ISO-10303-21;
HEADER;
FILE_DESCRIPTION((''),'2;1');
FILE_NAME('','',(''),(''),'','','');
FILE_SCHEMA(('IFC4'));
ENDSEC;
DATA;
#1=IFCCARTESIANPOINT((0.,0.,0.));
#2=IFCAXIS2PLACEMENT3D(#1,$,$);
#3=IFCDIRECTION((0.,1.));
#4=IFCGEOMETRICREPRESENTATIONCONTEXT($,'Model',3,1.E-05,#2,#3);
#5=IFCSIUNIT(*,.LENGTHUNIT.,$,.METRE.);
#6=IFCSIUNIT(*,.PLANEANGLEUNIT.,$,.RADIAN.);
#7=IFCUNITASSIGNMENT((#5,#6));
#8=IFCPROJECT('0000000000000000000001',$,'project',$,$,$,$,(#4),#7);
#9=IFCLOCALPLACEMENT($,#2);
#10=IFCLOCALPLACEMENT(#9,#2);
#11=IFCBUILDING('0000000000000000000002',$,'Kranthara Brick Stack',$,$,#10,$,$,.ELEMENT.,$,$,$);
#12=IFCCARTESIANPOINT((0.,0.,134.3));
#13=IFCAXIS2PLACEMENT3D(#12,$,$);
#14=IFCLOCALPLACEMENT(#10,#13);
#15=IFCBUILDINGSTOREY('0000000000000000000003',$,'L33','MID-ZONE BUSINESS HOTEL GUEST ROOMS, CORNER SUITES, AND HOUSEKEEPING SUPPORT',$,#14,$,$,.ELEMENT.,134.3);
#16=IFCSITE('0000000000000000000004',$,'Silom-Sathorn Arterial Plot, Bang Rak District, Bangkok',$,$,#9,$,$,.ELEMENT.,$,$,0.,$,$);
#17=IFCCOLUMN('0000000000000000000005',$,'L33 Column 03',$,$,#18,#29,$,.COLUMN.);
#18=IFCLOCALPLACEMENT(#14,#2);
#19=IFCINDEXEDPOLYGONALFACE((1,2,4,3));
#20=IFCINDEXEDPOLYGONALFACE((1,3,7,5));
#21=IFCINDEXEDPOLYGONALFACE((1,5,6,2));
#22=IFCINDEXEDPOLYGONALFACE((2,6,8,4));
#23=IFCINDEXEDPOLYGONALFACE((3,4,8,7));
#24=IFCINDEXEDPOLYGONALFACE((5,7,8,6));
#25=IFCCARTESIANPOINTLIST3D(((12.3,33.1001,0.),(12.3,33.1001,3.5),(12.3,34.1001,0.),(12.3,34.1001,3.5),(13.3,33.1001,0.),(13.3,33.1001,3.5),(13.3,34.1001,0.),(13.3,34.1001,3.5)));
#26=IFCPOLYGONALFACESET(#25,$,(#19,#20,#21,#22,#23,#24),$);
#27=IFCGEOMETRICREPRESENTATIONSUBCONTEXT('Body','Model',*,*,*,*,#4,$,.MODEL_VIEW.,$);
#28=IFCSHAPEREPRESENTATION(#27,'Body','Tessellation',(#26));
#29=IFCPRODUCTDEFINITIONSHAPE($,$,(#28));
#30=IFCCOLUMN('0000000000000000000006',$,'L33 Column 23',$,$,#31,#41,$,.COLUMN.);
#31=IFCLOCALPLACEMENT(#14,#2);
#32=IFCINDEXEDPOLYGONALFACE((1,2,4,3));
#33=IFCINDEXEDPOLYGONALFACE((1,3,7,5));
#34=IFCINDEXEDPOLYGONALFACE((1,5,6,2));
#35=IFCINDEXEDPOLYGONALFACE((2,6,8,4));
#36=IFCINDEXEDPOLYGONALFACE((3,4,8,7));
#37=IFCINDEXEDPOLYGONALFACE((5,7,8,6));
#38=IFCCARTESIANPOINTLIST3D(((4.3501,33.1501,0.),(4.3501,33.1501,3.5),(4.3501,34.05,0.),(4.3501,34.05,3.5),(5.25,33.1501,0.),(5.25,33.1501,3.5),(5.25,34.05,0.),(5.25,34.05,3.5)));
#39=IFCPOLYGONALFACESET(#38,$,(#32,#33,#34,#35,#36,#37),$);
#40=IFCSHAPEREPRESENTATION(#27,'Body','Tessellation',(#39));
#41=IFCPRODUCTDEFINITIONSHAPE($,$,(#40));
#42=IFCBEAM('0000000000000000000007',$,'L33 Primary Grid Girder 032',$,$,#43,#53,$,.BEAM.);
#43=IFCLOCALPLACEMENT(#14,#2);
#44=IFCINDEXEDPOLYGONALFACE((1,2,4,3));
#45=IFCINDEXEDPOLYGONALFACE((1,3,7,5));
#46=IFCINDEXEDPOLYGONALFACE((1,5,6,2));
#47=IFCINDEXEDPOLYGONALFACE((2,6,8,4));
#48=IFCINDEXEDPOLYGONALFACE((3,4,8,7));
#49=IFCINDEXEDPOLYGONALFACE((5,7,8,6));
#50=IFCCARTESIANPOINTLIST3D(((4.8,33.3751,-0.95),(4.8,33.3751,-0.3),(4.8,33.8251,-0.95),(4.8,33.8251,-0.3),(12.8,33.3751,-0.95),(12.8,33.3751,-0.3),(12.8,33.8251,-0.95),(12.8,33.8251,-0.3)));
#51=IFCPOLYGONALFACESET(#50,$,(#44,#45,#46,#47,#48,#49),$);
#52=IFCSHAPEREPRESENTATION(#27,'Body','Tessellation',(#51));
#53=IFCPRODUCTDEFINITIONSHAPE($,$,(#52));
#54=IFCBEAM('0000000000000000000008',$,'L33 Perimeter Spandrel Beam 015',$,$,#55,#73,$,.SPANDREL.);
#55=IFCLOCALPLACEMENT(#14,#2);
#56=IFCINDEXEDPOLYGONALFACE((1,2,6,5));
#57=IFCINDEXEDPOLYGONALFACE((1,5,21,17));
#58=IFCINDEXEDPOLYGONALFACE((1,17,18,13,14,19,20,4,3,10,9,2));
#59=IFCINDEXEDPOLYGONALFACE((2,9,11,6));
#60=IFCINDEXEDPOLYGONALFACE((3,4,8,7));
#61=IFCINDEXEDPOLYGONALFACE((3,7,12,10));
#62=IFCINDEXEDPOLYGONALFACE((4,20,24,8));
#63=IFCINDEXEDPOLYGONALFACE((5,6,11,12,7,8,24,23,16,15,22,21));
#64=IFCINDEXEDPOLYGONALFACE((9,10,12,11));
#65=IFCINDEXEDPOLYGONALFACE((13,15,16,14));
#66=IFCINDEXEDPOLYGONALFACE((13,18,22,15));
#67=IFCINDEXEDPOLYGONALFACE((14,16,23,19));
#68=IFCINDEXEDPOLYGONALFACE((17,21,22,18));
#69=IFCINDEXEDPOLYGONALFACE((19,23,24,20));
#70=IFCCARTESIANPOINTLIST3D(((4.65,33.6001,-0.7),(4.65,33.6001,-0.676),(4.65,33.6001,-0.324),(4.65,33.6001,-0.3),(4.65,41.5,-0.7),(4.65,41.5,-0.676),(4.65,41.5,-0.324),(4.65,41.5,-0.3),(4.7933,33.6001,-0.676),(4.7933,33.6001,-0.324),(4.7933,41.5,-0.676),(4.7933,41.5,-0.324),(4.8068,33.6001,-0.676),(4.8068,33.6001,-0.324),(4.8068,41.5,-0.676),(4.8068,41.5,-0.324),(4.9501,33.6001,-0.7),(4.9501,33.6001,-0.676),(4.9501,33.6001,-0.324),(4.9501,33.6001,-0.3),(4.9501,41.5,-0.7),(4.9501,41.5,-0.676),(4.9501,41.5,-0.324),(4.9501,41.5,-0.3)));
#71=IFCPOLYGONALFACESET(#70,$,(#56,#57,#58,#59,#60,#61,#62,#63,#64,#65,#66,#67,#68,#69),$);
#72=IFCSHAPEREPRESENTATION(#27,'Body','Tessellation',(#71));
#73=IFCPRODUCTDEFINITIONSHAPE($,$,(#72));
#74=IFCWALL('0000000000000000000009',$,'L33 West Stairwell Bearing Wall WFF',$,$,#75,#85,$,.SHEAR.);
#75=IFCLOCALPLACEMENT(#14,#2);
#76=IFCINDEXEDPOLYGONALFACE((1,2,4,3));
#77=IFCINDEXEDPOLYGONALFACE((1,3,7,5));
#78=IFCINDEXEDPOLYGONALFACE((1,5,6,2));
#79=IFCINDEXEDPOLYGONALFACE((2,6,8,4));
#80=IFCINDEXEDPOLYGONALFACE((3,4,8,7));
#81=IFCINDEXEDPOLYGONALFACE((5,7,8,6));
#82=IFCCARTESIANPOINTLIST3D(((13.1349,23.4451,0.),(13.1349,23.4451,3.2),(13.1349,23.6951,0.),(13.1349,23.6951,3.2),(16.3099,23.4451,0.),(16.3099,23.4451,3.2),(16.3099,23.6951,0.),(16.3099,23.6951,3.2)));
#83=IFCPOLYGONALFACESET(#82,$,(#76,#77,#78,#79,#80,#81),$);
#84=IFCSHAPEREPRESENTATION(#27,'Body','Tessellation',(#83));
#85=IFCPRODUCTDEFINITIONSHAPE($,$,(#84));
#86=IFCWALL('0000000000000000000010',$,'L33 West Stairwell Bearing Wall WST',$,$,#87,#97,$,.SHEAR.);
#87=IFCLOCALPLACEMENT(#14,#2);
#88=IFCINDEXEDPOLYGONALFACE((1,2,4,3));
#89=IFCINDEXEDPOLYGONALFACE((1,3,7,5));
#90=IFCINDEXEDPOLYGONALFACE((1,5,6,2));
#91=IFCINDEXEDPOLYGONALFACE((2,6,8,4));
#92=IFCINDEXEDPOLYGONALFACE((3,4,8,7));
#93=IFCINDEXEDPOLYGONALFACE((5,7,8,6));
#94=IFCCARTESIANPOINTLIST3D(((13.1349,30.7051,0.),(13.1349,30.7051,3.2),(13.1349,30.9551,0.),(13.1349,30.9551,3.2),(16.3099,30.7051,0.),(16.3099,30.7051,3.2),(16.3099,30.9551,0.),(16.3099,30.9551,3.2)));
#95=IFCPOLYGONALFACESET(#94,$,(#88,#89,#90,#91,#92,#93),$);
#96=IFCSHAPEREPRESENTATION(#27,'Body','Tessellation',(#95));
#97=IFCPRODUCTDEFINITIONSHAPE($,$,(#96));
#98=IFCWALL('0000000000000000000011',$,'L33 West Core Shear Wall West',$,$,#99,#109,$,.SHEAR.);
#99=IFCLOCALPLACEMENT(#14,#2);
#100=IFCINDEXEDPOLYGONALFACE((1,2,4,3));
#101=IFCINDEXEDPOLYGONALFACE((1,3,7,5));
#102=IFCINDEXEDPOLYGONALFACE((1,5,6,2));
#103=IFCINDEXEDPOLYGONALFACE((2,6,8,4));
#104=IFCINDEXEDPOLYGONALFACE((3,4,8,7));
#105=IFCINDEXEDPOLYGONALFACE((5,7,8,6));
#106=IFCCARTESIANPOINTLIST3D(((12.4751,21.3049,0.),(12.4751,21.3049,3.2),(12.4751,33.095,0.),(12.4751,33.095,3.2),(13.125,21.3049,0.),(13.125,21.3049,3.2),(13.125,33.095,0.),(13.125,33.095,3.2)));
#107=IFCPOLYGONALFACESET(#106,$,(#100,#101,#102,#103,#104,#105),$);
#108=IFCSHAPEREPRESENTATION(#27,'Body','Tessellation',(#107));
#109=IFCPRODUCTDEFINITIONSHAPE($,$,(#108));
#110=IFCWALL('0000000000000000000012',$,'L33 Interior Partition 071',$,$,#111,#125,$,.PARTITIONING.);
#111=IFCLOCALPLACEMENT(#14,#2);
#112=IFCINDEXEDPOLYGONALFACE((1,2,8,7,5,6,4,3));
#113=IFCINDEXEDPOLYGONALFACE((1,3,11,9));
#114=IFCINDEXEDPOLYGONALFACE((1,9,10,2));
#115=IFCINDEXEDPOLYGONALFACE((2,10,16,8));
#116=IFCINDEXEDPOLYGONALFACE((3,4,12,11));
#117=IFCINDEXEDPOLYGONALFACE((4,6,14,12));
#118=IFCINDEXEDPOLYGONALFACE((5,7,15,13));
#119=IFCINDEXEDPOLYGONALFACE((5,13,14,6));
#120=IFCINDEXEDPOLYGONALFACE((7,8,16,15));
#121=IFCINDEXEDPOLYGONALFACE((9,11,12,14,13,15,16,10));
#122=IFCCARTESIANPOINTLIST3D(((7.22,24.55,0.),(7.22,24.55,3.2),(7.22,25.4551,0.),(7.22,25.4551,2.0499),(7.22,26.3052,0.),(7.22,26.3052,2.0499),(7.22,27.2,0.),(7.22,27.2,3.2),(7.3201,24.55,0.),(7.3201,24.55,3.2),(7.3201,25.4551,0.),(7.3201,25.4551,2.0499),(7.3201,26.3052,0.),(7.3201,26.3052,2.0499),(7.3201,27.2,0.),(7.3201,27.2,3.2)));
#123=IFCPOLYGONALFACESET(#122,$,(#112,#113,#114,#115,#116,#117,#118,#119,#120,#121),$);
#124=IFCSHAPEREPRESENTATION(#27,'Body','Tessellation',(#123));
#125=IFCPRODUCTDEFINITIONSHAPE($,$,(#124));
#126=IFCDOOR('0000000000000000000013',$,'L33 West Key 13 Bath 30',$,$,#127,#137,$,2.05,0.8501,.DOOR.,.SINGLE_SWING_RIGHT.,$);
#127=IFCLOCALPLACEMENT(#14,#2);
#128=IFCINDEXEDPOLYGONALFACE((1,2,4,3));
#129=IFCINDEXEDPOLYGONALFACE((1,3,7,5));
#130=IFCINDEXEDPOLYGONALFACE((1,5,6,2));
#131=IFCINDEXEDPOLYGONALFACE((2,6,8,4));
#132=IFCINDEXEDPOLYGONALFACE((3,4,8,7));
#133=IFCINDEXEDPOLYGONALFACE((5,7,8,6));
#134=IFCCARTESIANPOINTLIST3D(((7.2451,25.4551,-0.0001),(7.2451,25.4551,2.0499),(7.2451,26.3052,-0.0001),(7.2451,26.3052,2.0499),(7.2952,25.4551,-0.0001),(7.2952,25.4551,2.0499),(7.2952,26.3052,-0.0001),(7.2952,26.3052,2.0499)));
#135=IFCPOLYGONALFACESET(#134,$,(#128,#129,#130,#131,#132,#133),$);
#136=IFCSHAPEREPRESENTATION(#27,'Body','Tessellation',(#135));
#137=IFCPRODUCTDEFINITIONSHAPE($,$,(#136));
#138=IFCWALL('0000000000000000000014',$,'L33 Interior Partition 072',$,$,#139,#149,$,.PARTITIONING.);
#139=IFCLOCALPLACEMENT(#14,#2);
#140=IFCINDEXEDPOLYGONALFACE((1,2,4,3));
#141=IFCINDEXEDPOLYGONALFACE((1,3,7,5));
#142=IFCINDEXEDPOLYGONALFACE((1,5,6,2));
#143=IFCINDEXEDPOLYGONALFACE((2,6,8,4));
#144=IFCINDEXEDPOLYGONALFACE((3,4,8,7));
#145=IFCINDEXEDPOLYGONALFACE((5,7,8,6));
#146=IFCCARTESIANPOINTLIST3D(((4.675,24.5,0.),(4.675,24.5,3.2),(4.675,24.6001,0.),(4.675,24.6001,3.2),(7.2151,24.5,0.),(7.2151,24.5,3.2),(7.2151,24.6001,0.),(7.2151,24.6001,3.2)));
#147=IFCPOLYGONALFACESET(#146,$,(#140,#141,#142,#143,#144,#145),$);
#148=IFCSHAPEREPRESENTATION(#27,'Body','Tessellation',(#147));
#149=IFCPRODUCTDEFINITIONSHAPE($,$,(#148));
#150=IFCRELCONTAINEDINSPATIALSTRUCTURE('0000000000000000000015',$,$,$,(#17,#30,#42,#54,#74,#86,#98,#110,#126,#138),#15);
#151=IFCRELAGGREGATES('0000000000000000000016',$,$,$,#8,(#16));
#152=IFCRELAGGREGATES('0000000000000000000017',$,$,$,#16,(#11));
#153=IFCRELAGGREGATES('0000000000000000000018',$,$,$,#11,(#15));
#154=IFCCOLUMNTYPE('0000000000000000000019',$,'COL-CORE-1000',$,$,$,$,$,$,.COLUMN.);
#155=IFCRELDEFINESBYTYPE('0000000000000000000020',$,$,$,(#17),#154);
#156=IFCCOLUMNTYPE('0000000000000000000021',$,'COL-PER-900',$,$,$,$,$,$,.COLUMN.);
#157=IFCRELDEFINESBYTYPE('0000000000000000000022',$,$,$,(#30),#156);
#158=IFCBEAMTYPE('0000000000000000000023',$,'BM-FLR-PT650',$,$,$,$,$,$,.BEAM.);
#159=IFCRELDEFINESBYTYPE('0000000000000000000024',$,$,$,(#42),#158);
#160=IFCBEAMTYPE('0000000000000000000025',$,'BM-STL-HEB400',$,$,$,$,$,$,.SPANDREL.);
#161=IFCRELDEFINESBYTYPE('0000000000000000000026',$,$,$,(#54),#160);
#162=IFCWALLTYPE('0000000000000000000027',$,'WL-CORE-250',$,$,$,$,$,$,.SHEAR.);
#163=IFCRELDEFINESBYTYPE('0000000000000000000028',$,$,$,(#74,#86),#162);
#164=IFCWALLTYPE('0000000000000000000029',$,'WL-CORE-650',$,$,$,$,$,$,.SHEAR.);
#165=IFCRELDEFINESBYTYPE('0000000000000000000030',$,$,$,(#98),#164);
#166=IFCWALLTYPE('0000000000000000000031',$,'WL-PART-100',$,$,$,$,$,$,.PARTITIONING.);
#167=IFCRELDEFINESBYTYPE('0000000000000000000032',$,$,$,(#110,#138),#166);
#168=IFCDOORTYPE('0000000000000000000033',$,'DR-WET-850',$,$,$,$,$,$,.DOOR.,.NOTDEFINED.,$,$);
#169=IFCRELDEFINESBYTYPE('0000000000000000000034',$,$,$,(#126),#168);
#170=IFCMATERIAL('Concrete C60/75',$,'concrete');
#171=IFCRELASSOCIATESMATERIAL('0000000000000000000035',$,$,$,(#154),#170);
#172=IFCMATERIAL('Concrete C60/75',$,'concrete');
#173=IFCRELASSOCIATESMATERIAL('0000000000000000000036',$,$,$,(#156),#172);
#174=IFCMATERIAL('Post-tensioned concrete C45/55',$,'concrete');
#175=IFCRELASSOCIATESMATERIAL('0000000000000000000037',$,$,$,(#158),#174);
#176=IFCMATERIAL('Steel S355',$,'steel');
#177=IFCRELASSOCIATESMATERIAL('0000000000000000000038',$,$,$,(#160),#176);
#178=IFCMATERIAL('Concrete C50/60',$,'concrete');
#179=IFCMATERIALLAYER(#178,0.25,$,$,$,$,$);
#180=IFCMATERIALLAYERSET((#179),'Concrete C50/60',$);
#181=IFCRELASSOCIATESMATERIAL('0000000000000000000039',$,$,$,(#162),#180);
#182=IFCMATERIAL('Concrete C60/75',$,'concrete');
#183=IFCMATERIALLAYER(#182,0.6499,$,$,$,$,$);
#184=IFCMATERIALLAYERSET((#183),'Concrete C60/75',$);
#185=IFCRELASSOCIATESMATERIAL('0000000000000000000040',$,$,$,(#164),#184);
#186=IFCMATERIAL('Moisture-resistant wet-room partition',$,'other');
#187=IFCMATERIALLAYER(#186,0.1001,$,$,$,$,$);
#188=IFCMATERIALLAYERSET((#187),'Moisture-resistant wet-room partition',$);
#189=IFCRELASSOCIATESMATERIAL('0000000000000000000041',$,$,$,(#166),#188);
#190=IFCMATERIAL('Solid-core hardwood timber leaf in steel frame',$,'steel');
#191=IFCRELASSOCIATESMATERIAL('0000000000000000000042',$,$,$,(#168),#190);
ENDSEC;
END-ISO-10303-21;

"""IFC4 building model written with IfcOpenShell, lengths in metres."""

from ifc_helpers import new_model, si_unit, direction, frame, frame_2d, origin, origin_2d, place, context, subcontext, project, spatial, rectangle, i_section, extrude, material, layer, layer_set, material_profile, profile_set, type_object, element, fill, save


model = new_model("IFC4")

# Units and contexts
model_context = context("Model", 3, precision=1e-05, world=origin(), true_north=direction((0.0, 1.0)))
body_context = subcontext(model_context, "Body", "Model", "MODEL_VIEW")
ifc_project = project(units=[si_unit("LENGTHUNIT", "METRE"), si_unit("PLANEANGLEUNIT", "RADIAN")], contexts=[model_context])

# Site, building, storey
site_placement = place(None, origin())
site = spatial("IfcSite", under=ifc_project, at=site_placement, Name="Silom-Sathorn Arterial Plot, Bang Rak District, Bangkok", CompositionType="ELEMENT", RefElevation=0.0)
building_placement = place(site_placement, origin())
building = spatial("IfcBuilding", under=site, at=building_placement, Name="Kranthara Brick Stack", CompositionType="ELEMENT")
storey_placement = place(building_placement, frame((0.0, 0.0, 134.3)))
storey = spatial("IfcBuildingStorey", under=building, at=storey_placement, Name="L33", Description="MID-ZONE BUSINESS HOTEL GUEST ROOMS, CORNER SUITES, AND HOUSEKEEPING SUPPORT", CompositionType="ELEMENT", Elevation=134.3)

# Columns
ifc_material_1 = material(Name="Concrete C60/75", Category="concrete")
ifc_material_profile_1 = material_profile(ifc_material_1, rectangle(XDim=1.0, YDim=1.0, at=origin_2d()), Name="RC 1000x1000")
ifc_profile_set_1 = profile_set([ifc_material_profile_1], Name="Concrete C60/75")
column_type_1 = type_object("IfcColumnType", Name="COL-CORE-1000", PredefinedType="COLUMN", material=ifc_profile_set_1)
column_1_placement = place(storey_placement, frame((12.8, 33.6001, 0.0), z_axis=(0.0, 0.0, 1.0), x_axis=(1.0, 0.0, 0.0)))
element("IfcColumn", 1, at=column_1_placement, inside=storey, type_object=column_type_1, Name="L33 Column 03", PredefinedType="COLUMN", context=body_context, shape_type="SweptSolid", body=[
    extrude(rectangle(XDim=1.0, YDim=1.0, at=origin_2d()), origin(), (0.0, 0.0, 1.0), 3.5),
])
ifc_material_2 = material(Name="Concrete C60/75", Category="concrete")
ifc_material_profile_2 = material_profile(ifc_material_2, rectangle(XDim=0.8999, YDim=0.8999, at=origin_2d()), Name="RC 900x900")
ifc_profile_set_2 = profile_set([ifc_material_profile_2], Name="Concrete C60/75")
column_type_2 = type_object("IfcColumnType", Name="COL-PER-900", PredefinedType="COLUMN", material=ifc_profile_set_2)
column_2_placement = place(storey_placement, frame((4.8, 33.6001, 0.0), z_axis=(0.0, 0.0, 1.0), x_axis=(1.0, 0.0, 0.0)))
element("IfcColumn", 2, at=column_2_placement, inside=storey, type_object=column_type_2, Name="L33 Column 23", PredefinedType="COLUMN", context=body_context, shape_type="SweptSolid", body=[
    extrude(rectangle(XDim=0.8999, YDim=0.8999, at=origin_2d()), origin(), (0.0, 0.0, 1.0), 3.5),
])

# Beams
ifc_material_3 = material(Name="Post-tensioned concrete C45/55", Category="concrete")
ifc_material_profile_3 = material_profile(ifc_material_3, rectangle(XDim=0.45, YDim=0.6499, at=origin_2d()), Name="PT 450x650")
ifc_profile_set_3 = profile_set([ifc_material_profile_3], Name="Post-tensioned concrete C45/55")
beam_type_1 = type_object("IfcBeamType", Name="BM-FLR-PT650", PredefinedType="BEAM", material=ifc_profile_set_3)
beam_1_placement = place(storey_placement, frame((4.8, 33.6001, -0.625), z_axis=(1.0, 0.0, 0.0), x_axis=(0.0, 1.0, 0.0)))
element("IfcBeam", 3, at=beam_1_placement, inside=storey, type_object=beam_type_1, Name="L33 Primary Grid Girder 032", PredefinedType="BEAM", context=body_context, shape_type="SweptSolid", body=[
    extrude(rectangle(XDim=0.45, YDim=0.6499, at=origin_2d()), origin(), (0.0, 0.0, 1.0), 8.0),
])
ifc_material_4 = material(Name="Steel S355", Category="steel")
ifc_material_profile_4 = material_profile(ifc_material_4, i_section(OverallWidth=0.3, OverallDepth=0.3999, WebThickness=0.0134, FlangeThickness=0.0239, at=origin_2d()), Name="HEB 400")
ifc_profile_set_4 = profile_set([ifc_material_profile_4], Name="Steel S355")
beam_type_2 = type_object("IfcBeamType", Name="BM-STL-HEB400", PredefinedType="SPANDREL", material=ifc_profile_set_4)
beam_2_placement = place(storey_placement, frame((4.8, 33.6001, -0.5), z_axis=(0.0, 1.0, 0.0), x_axis=(-1.0, 0.0, 0.0)))
element("IfcBeam", 4, at=beam_2_placement, inside=storey, type_object=beam_type_2, Name="L33 Perimeter Spandrel Beam 015", PredefinedType="SPANDREL", context=body_context, shape_type="SweptSolid", body=[
    extrude(i_section(OverallWidth=0.3, OverallDepth=0.3999, WebThickness=0.0134, FlangeThickness=0.0239, at=origin_2d()), origin(), (0.0, 0.0, 1.0), 7.8999),
])

# Walls
ifc_material_5 = material(Name="Concrete C50/60", Category="concrete")
ifc_layer_1 = layer(ifc_material_5, 0.25)
ifc_layer_set_1 = layer_set([ifc_layer_1], Name="Concrete C50/60")
wall_type_1 = type_object("IfcWallType", Name="WL-CORE-250", PredefinedType="SHEAR", material=ifc_layer_set_1)
for number, where, z_axis, x_axis, name in (
    (5, (13.135, 23.5701, 0.0), (0.0, 0.0, 1.0), (1.0, 0.0, 0.0), "L33 West Stairwell Bearing Wall WFF"),
    (6, (13.135, 30.8301, 0.0), (0.0, 0.0, 1.0), (1.0, 0.0, 0.0), "L33 West Stairwell Bearing Wall WST"),
):
    element("IfcWall", number, at=place(storey_placement, frame(where, z_axis=z_axis, x_axis=x_axis)), inside=storey, type_object=wall_type_1, Name=name, PredefinedType="SHEAR", context=body_context, shape_type="SweptSolid", body=[
        extrude(rectangle(XDim=3.175, YDim=0.25, at=frame_2d((1.5874, 0.0))), origin(), (0.0, 0.0, 1.0), 3.2),
    ])
ifc_material_6 = material(Name="Concrete C60/75", Category="concrete")
ifc_layer_2 = layer(ifc_material_6, 0.6499)
ifc_layer_set_2 = layer_set([ifc_layer_2], Name="Concrete C60/75")
wall_type_2 = type_object("IfcWallType", Name="WL-CORE-650", PredefinedType="SHEAR", material=ifc_layer_set_2)
wall_1_placement = place(storey_placement, frame((12.8, 21.3049, 0.0), z_axis=(0.0, 0.0, 1.0), x_axis=(0.0, 1.0, 0.0)))
element("IfcWall", 7, at=wall_1_placement, inside=storey, type_object=wall_type_2, Name="L33 West Core Shear Wall West", PredefinedType="SHEAR", context=body_context, shape_type="SweptSolid", body=[
    extrude(rectangle(XDim=11.79, YDim=0.6499, at=frame_2d((5.895, 0.0))), origin(), (0.0, 0.0, 1.0), 3.2),
])

# Wall, opening, door
ifc_material_7 = material(Name="Moisture-resistant wet-room partition", Category="other")
ifc_layer_3 = layer(ifc_material_7, 0.1001)
ifc_layer_set_3 = layer_set([ifc_layer_3], Name="Moisture-resistant wet-room partition")
wall_type_3 = type_object("IfcWallType", Name="WL-PART-100", PredefinedType="PARTITIONING", material=ifc_layer_set_3)
wall_2_placement = place(storey_placement, frame((7.27, 24.55, 0.0), z_axis=(0.0, 0.0, 1.0), x_axis=(0.0, 1.0, 0.0)))
wall_2 = element("IfcWall", 8, at=wall_2_placement, inside=storey, type_object=wall_type_3, Name="L33 Interior Partition 071", PredefinedType="PARTITIONING", context=body_context, shape_type="SweptSolid", body=[
    extrude(rectangle(XDim=2.6499, YDim=0.1001, at=frame_2d((1.325, 0.0))), origin(), (0.0, 0.0, 1.0), 3.2),
])
opening_1_placement = place(wall_2_placement, frame((0.905, 0.0, 0.0)))
opening_1 = element("IfcOpeningElement", 9, at=opening_1_placement, cuts=wall_2, PredefinedType="OPENING", context=body_context, shape_type="SweptSolid", body=[
    extrude(rectangle(XDim=0.8501, YDim=2.05, at=frame_2d((0.425, 1.0249))), frame((0.0, 0.0601, 0.0), z_axis=(0.0, -1.0, 0.0), x_axis=(1.0, 0.0, 0.0)), (0.0, 0.0, 1.0), 0.1201),
])
ifc_material_8 = material(Name="Solid-core hardwood timber leaf in steel frame", Category="steel")
door_type_1 = type_object("IfcDoorType", Name="DR-WET-850", OperationType="NOTDEFINED", PredefinedType="DOOR", material=ifc_material_8)
door_1_placement = place(opening_1_placement, origin())
door_1 = element("IfcDoor", 10, at=door_1_placement, inside=storey, type_object=door_type_1, Name="L33 West Key 13 Bath 30", OperationType="SINGLE_SWING_RIGHT", OverallHeight=2.05, OverallWidth=0.8501, PredefinedType="DOOR", context=body_context, shape_type="SweptSolid", body=[
    extrude(rectangle(XDim=0.8501, YDim=2.05, at=frame_2d((0.425, 1.0249))), frame((0.0, 0.0249, 0.0), z_axis=(0.0, -1.0, 0.0), x_axis=(1.0, 0.0, 0.0)), (0.0, 0.0, 1.0), 0.05),
])
fill(opening_1, door_1)

# Wall
wall_3_placement = place(storey_placement, frame((4.675, 24.55, 0.0), z_axis=(0.0, 0.0, 1.0), x_axis=(1.0, 0.0, 0.0)))
element("IfcWall", 11, at=wall_3_placement, inside=storey, type_object=wall_type_3, Name="L33 Interior Partition 072", PredefinedType="PARTITIONING", context=body_context, shape_type="SweptSolid", body=[
    extrude(rectangle(XDim=2.54, YDim=0.1001, at=frame_2d((1.27, 0.0))), origin(), (0.0, 0.0, 1.0), 3.2),
])

save(model, "model.ifc")
